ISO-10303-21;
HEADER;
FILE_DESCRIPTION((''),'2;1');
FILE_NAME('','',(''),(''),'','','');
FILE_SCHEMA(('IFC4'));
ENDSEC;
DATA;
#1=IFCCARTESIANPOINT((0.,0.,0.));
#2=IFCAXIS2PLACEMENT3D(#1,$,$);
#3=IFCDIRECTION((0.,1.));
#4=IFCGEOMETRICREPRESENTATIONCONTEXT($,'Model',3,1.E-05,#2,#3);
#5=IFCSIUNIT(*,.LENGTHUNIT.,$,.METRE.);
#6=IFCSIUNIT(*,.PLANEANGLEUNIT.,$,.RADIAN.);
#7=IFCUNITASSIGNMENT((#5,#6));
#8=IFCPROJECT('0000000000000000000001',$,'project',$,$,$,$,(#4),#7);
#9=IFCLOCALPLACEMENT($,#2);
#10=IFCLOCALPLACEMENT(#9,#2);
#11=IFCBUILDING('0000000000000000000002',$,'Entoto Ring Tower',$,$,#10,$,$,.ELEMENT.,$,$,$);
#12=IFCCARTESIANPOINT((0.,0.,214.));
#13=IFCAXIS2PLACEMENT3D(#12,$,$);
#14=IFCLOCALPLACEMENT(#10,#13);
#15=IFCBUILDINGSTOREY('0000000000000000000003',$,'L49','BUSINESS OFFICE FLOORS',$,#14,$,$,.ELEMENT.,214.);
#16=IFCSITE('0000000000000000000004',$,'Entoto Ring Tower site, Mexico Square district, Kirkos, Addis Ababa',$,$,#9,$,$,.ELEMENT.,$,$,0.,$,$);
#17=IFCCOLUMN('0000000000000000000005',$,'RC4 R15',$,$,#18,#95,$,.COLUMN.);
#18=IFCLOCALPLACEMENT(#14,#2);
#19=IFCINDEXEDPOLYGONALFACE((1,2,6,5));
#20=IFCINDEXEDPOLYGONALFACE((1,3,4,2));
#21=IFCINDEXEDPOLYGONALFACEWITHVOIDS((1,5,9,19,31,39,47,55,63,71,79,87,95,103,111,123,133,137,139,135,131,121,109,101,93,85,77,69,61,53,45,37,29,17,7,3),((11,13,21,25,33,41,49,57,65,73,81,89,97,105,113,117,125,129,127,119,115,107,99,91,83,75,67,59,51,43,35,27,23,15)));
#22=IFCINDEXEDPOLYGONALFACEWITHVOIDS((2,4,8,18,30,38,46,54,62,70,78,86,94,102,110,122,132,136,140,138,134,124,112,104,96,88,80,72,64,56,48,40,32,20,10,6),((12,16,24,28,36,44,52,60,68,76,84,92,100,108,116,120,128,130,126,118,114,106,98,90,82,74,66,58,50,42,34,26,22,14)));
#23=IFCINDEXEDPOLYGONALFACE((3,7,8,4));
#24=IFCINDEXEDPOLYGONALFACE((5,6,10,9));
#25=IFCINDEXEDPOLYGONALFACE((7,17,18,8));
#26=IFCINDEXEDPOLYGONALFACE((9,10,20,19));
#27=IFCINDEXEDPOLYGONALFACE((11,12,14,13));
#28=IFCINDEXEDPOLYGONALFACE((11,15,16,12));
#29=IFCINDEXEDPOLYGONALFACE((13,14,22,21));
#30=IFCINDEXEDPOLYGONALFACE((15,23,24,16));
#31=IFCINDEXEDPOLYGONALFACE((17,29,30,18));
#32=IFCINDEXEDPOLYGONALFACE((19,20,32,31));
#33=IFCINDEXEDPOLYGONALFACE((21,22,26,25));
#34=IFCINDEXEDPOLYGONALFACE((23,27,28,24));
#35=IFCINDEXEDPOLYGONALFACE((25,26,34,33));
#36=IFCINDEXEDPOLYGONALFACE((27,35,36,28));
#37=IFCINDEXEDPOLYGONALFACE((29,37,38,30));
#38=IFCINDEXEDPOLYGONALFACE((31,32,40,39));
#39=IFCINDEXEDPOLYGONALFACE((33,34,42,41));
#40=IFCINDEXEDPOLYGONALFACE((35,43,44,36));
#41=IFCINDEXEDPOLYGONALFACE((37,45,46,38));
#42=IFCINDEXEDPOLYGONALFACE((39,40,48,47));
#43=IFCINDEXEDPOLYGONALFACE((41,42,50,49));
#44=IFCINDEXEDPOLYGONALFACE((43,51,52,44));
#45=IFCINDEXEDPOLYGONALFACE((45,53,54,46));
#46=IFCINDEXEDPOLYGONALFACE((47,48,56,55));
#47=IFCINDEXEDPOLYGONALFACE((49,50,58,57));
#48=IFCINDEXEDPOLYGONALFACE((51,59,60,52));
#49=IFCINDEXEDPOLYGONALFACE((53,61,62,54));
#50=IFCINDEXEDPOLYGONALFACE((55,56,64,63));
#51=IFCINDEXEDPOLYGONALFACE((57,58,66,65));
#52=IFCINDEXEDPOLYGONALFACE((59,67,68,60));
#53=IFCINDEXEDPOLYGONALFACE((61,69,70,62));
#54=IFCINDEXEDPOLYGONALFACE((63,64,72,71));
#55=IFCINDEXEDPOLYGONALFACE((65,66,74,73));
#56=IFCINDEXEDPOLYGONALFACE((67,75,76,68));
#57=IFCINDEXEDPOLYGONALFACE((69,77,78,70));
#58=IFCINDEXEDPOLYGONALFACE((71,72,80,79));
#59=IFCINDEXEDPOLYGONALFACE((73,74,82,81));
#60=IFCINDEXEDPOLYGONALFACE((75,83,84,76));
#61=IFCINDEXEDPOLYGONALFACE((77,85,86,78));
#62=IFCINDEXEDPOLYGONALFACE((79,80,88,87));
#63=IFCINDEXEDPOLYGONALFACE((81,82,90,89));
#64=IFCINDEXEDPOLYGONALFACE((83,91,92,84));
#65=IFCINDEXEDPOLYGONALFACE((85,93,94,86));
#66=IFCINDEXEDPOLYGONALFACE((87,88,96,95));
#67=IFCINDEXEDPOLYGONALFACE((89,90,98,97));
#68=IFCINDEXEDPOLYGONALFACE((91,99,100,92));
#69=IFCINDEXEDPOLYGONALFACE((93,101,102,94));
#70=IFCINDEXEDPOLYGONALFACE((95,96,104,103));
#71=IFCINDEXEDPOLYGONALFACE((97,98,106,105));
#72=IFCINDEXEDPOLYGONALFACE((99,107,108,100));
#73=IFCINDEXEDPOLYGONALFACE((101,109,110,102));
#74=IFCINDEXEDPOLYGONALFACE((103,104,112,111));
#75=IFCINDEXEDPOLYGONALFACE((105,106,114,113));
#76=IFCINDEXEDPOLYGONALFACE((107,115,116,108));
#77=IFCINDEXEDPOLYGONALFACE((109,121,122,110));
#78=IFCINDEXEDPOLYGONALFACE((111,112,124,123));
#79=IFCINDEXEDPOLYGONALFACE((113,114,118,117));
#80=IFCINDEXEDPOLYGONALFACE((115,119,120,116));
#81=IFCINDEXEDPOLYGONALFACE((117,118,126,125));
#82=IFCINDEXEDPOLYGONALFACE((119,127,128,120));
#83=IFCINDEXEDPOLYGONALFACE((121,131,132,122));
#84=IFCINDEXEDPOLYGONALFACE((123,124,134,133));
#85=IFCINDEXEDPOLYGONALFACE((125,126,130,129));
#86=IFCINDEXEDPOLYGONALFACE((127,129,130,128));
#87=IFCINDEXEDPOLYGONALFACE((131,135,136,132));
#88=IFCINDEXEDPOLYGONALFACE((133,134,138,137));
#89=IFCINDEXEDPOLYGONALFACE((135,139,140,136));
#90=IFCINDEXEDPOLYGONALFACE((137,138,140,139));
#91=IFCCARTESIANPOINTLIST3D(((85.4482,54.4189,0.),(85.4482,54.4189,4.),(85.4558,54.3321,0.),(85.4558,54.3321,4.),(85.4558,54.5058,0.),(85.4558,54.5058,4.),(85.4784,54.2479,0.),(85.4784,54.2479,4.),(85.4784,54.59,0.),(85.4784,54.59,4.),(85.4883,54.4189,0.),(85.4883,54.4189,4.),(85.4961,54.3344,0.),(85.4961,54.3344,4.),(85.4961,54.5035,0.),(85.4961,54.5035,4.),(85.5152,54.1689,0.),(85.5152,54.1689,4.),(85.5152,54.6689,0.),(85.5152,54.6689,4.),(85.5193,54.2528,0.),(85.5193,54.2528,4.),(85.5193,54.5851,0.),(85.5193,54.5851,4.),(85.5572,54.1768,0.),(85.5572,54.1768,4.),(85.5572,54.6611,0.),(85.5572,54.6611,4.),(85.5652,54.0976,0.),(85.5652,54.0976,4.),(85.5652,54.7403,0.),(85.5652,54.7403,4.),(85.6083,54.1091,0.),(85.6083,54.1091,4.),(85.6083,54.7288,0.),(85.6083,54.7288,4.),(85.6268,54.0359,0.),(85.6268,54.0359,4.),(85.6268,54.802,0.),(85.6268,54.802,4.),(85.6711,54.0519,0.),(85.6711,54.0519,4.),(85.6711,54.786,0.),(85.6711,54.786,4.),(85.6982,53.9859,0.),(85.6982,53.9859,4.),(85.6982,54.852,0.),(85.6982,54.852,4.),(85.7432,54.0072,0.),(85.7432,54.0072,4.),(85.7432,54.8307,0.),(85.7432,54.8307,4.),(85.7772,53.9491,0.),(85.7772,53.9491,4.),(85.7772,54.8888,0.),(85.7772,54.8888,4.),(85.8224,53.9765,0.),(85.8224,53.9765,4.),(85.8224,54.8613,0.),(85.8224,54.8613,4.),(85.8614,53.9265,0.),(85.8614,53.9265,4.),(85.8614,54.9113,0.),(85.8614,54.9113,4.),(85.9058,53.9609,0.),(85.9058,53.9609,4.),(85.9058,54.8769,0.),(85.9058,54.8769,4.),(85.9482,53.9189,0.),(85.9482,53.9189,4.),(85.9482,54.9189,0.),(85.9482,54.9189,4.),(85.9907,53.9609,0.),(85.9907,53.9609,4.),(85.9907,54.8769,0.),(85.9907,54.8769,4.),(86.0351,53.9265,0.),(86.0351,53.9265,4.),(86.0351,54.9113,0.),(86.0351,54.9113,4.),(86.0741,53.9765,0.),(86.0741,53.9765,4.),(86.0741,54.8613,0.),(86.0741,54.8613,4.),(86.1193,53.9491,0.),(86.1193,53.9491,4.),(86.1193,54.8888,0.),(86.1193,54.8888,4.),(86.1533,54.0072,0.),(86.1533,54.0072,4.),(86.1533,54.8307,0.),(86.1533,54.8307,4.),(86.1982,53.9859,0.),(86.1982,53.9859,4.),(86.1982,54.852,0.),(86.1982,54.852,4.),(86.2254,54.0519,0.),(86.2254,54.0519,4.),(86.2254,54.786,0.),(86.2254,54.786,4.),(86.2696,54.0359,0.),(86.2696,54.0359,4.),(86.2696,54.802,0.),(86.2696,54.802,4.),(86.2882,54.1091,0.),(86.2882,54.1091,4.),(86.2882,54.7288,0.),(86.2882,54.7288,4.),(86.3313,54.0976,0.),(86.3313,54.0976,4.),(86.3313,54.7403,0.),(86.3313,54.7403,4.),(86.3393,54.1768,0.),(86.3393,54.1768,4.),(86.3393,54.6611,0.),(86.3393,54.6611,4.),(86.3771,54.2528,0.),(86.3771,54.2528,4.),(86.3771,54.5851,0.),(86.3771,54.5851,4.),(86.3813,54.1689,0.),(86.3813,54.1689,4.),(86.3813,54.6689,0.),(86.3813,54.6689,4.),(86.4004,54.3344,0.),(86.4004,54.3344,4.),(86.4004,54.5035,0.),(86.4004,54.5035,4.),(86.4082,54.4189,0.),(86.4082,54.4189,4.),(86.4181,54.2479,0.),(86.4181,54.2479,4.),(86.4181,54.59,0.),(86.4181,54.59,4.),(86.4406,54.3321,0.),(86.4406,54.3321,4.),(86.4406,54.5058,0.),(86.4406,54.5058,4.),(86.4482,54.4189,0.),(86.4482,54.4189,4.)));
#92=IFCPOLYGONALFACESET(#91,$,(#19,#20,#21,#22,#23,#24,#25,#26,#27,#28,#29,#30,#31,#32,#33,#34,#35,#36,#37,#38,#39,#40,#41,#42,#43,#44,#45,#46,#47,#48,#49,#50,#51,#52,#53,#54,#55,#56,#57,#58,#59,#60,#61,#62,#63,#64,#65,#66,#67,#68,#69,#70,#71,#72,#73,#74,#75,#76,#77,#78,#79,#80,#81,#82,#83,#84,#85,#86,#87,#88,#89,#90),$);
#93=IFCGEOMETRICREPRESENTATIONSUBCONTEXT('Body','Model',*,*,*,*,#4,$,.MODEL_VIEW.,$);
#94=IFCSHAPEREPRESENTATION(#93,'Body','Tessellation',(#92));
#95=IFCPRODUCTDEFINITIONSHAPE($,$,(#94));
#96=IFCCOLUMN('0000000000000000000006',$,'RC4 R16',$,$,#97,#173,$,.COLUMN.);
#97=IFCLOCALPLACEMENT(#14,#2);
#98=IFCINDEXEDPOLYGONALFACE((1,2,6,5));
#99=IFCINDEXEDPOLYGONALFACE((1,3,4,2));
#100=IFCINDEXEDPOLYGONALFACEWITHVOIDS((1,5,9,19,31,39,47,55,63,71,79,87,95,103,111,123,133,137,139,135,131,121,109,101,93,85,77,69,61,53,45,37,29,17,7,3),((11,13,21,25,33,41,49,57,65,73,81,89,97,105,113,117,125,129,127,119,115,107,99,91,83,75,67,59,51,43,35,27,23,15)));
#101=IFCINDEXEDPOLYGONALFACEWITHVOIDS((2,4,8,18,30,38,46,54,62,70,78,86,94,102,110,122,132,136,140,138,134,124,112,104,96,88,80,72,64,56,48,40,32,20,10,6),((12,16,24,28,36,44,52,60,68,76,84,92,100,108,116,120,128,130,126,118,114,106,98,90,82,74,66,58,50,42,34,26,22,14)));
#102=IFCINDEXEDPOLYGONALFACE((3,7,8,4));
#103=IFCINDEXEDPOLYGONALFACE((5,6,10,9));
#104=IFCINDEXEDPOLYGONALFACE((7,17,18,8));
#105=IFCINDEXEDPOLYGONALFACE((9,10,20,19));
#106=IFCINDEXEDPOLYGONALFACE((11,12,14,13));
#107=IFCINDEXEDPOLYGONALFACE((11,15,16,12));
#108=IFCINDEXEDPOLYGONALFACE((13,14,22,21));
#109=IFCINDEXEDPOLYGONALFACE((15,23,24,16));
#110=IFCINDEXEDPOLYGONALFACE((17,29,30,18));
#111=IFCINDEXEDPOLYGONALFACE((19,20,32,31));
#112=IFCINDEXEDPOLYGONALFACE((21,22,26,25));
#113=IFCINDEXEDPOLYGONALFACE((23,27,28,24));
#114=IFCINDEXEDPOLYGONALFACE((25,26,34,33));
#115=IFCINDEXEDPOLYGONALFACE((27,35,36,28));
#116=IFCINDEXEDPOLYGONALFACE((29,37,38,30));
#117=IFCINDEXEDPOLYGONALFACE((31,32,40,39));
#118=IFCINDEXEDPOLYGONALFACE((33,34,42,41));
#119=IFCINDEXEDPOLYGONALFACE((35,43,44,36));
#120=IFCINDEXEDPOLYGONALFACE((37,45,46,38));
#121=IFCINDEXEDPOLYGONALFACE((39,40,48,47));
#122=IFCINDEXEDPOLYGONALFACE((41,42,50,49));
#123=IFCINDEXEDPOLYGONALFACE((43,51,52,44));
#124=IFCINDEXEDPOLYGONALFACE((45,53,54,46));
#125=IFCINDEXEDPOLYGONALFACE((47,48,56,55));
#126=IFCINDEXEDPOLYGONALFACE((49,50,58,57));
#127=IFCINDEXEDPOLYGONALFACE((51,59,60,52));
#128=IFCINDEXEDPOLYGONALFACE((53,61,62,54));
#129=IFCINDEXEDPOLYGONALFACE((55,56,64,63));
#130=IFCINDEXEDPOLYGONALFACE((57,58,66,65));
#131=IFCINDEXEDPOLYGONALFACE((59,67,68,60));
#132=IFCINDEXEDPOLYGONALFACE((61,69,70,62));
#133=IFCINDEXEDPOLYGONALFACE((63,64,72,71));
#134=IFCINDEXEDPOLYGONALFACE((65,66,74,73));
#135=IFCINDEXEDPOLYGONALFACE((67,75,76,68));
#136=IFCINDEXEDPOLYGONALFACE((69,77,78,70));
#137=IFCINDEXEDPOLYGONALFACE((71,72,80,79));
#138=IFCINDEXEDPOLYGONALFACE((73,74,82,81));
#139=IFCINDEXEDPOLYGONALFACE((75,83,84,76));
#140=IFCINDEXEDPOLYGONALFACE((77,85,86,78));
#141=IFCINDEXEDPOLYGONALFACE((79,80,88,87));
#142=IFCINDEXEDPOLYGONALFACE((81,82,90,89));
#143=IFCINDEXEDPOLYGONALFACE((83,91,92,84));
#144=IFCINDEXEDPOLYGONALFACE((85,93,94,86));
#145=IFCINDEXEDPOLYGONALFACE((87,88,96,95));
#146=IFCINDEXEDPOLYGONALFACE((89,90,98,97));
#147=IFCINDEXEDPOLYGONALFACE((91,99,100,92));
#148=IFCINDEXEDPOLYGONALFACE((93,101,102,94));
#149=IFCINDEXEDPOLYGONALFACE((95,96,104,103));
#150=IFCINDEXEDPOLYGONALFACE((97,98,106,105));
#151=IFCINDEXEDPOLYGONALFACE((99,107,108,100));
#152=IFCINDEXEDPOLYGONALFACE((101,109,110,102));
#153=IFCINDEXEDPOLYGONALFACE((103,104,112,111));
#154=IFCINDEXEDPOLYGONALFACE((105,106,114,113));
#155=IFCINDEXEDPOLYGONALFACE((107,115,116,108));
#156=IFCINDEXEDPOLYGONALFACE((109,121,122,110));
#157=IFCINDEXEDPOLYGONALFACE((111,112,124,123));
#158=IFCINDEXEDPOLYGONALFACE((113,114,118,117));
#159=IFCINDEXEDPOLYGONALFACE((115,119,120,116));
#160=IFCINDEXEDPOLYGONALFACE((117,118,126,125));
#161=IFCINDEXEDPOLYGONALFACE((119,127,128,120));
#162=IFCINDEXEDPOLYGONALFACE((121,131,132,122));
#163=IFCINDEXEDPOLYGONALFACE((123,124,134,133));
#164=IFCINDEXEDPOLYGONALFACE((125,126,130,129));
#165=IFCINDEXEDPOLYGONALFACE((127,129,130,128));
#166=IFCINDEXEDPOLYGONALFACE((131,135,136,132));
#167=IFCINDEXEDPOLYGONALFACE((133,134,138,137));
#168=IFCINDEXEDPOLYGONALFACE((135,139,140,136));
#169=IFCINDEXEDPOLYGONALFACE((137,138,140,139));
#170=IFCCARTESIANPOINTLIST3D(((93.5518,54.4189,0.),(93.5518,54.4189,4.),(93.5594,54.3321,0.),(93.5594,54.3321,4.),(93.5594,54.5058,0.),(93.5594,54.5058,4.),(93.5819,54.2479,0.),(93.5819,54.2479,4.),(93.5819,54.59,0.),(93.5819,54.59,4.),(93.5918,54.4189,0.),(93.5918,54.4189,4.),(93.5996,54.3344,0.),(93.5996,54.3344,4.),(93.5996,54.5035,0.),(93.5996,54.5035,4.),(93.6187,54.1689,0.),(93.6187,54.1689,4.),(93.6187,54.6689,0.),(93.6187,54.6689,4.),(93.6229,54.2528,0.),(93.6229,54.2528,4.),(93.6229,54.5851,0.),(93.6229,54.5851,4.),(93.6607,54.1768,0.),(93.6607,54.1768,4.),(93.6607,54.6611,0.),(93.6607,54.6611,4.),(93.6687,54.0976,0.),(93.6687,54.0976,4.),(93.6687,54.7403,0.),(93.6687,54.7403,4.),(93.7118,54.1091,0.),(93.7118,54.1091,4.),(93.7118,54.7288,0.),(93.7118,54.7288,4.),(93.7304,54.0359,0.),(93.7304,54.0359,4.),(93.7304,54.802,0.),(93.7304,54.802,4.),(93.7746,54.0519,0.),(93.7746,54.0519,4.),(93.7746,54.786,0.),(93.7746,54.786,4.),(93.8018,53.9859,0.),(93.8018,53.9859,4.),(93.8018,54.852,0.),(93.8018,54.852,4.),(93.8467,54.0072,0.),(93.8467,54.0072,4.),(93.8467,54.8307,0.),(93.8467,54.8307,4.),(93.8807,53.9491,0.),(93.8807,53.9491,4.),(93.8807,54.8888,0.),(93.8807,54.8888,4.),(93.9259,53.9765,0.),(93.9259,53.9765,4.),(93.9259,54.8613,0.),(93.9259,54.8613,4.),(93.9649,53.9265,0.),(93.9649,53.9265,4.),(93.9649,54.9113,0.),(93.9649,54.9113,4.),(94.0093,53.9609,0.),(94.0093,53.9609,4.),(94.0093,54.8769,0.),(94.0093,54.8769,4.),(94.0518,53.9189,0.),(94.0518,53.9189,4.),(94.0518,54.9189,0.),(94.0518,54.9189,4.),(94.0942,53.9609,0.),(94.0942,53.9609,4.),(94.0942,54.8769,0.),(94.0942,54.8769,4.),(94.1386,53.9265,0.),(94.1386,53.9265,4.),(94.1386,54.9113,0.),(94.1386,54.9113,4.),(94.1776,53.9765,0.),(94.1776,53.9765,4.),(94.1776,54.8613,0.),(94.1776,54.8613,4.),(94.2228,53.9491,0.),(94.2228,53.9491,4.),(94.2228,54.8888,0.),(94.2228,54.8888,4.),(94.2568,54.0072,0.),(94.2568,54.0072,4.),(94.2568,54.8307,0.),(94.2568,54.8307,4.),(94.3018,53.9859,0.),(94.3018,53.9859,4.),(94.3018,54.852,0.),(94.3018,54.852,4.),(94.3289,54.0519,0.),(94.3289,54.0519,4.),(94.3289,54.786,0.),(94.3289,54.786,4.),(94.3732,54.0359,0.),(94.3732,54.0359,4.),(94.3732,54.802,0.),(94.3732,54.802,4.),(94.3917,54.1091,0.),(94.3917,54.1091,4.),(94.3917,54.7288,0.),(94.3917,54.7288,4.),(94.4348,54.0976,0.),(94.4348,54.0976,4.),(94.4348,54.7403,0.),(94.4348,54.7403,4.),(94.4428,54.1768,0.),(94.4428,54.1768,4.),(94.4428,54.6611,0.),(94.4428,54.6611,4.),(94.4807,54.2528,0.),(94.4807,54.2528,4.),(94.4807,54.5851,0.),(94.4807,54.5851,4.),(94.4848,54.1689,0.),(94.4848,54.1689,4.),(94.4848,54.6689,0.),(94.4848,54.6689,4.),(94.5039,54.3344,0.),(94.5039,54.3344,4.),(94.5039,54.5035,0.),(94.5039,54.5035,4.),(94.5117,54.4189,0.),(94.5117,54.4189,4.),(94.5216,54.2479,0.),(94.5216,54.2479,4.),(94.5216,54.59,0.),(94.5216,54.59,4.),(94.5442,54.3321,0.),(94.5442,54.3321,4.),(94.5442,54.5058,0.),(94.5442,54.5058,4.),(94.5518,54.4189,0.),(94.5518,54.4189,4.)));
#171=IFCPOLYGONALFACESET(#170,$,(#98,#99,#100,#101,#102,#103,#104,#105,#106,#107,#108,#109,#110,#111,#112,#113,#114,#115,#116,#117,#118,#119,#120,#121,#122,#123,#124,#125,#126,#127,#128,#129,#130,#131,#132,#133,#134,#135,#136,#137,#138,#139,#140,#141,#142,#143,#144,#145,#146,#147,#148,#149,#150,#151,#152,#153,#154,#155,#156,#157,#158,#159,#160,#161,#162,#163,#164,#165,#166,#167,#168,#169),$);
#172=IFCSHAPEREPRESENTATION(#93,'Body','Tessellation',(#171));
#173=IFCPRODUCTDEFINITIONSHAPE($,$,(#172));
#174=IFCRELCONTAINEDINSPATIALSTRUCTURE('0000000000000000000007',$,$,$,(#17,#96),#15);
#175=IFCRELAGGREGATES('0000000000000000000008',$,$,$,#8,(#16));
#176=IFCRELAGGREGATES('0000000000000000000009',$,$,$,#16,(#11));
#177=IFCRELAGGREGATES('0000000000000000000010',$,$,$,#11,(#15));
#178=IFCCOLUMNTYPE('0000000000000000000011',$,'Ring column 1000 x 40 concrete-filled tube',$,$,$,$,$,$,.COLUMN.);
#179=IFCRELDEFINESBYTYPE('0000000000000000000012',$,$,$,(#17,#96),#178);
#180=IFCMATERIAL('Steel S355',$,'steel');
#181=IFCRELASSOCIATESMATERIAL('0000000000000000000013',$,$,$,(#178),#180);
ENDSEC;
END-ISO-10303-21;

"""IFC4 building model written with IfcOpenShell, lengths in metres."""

from ifc_helpers import new_model, si_unit, direction, frame, origin, origin_2d, place, context, subcontext, project, spatial, circle, hollow_circle, extrude, material, material_profile, profile_set, type_object, element, save


model = new_model("IFC4")

# Units and contexts
model_context = context("Model", 3, precision=1e-05, world=origin(), true_north=direction((0.0, 1.0)))
body_context = subcontext(model_context, "Body", "Model", "MODEL_VIEW")
ifc_project = project(units=[si_unit("LENGTHUNIT", "METRE"), si_unit("PLANEANGLEUNIT", "RADIAN")], contexts=[model_context])

# Site, building, storey
site_placement = place(None, origin())
site = spatial("IfcSite", under=ifc_project, at=site_placement, Name="Entoto Ring Tower site, Mexico Square district, Kirkos, Addis Ababa", CompositionType="ELEMENT", RefElevation=0.0)
building_placement = place(site_placement, origin())
building = spatial("IfcBuilding", under=site, at=building_placement, Name="Entoto Ring Tower", CompositionType="ELEMENT")
storey_placement = place(building_placement, frame((0.0, 0.0, 214.0)))
storey = spatial("IfcBuildingStorey", under=building, at=storey_placement, Name="L49", Description="BUSINESS OFFICE FLOORS", CompositionType="ELEMENT", Elevation=214.0)

# Columns
ifc_material_1 = material(Name="Steel S355", Category="steel")
ifc_material_profile_1 = material_profile(ifc_material_1, hollow_circle(Radius=0.5, WallThickness=0.04, at=origin_2d()), Name="CHS 1000 x 40")
ifc_material_2 = material(Name="Concrete C60/75", Category="concrete")
ifc_material_profile_2 = material_profile(ifc_material_2, circle(Radius=0.46, at=origin_2d()), Name="Concrete C60/75 infill")
ifc_profile_set_1 = profile_set([ifc_material_profile_1, ifc_material_profile_2], Name="Steel S355")
column_type = type_object("IfcColumnType", Name="Ring column 1000 x 40 concrete-filled tube", PredefinedType="COLUMN", material=ifc_profile_set_1)
for number, where, z_axis, x_axis, name in (
    (1, (85.9482, 54.4189, 0.0), (0.0, 0.0, 1.0), (1.0, 0.0, 0.0), "RC4 R15"),
    (2, (94.0518, 54.4189, 0.0), (0.0, 0.0, 1.0), (1.0, 0.0, 0.0), "RC4 R16"),
):
    element("IfcColumn", number, at=place(storey_placement, frame(where, z_axis=z_axis, x_axis=x_axis)), inside=storey, type_object=column_type, Name=name, PredefinedType="COLUMN", context=body_context, shape_type="SweptSolid", body=[
        extrude(hollow_circle(Radius=0.5, WallThickness=0.04, at=origin_2d()), origin(), (0.0, 0.0, 1.0), 4.0),
    ])

save(model, "model.ifc")
